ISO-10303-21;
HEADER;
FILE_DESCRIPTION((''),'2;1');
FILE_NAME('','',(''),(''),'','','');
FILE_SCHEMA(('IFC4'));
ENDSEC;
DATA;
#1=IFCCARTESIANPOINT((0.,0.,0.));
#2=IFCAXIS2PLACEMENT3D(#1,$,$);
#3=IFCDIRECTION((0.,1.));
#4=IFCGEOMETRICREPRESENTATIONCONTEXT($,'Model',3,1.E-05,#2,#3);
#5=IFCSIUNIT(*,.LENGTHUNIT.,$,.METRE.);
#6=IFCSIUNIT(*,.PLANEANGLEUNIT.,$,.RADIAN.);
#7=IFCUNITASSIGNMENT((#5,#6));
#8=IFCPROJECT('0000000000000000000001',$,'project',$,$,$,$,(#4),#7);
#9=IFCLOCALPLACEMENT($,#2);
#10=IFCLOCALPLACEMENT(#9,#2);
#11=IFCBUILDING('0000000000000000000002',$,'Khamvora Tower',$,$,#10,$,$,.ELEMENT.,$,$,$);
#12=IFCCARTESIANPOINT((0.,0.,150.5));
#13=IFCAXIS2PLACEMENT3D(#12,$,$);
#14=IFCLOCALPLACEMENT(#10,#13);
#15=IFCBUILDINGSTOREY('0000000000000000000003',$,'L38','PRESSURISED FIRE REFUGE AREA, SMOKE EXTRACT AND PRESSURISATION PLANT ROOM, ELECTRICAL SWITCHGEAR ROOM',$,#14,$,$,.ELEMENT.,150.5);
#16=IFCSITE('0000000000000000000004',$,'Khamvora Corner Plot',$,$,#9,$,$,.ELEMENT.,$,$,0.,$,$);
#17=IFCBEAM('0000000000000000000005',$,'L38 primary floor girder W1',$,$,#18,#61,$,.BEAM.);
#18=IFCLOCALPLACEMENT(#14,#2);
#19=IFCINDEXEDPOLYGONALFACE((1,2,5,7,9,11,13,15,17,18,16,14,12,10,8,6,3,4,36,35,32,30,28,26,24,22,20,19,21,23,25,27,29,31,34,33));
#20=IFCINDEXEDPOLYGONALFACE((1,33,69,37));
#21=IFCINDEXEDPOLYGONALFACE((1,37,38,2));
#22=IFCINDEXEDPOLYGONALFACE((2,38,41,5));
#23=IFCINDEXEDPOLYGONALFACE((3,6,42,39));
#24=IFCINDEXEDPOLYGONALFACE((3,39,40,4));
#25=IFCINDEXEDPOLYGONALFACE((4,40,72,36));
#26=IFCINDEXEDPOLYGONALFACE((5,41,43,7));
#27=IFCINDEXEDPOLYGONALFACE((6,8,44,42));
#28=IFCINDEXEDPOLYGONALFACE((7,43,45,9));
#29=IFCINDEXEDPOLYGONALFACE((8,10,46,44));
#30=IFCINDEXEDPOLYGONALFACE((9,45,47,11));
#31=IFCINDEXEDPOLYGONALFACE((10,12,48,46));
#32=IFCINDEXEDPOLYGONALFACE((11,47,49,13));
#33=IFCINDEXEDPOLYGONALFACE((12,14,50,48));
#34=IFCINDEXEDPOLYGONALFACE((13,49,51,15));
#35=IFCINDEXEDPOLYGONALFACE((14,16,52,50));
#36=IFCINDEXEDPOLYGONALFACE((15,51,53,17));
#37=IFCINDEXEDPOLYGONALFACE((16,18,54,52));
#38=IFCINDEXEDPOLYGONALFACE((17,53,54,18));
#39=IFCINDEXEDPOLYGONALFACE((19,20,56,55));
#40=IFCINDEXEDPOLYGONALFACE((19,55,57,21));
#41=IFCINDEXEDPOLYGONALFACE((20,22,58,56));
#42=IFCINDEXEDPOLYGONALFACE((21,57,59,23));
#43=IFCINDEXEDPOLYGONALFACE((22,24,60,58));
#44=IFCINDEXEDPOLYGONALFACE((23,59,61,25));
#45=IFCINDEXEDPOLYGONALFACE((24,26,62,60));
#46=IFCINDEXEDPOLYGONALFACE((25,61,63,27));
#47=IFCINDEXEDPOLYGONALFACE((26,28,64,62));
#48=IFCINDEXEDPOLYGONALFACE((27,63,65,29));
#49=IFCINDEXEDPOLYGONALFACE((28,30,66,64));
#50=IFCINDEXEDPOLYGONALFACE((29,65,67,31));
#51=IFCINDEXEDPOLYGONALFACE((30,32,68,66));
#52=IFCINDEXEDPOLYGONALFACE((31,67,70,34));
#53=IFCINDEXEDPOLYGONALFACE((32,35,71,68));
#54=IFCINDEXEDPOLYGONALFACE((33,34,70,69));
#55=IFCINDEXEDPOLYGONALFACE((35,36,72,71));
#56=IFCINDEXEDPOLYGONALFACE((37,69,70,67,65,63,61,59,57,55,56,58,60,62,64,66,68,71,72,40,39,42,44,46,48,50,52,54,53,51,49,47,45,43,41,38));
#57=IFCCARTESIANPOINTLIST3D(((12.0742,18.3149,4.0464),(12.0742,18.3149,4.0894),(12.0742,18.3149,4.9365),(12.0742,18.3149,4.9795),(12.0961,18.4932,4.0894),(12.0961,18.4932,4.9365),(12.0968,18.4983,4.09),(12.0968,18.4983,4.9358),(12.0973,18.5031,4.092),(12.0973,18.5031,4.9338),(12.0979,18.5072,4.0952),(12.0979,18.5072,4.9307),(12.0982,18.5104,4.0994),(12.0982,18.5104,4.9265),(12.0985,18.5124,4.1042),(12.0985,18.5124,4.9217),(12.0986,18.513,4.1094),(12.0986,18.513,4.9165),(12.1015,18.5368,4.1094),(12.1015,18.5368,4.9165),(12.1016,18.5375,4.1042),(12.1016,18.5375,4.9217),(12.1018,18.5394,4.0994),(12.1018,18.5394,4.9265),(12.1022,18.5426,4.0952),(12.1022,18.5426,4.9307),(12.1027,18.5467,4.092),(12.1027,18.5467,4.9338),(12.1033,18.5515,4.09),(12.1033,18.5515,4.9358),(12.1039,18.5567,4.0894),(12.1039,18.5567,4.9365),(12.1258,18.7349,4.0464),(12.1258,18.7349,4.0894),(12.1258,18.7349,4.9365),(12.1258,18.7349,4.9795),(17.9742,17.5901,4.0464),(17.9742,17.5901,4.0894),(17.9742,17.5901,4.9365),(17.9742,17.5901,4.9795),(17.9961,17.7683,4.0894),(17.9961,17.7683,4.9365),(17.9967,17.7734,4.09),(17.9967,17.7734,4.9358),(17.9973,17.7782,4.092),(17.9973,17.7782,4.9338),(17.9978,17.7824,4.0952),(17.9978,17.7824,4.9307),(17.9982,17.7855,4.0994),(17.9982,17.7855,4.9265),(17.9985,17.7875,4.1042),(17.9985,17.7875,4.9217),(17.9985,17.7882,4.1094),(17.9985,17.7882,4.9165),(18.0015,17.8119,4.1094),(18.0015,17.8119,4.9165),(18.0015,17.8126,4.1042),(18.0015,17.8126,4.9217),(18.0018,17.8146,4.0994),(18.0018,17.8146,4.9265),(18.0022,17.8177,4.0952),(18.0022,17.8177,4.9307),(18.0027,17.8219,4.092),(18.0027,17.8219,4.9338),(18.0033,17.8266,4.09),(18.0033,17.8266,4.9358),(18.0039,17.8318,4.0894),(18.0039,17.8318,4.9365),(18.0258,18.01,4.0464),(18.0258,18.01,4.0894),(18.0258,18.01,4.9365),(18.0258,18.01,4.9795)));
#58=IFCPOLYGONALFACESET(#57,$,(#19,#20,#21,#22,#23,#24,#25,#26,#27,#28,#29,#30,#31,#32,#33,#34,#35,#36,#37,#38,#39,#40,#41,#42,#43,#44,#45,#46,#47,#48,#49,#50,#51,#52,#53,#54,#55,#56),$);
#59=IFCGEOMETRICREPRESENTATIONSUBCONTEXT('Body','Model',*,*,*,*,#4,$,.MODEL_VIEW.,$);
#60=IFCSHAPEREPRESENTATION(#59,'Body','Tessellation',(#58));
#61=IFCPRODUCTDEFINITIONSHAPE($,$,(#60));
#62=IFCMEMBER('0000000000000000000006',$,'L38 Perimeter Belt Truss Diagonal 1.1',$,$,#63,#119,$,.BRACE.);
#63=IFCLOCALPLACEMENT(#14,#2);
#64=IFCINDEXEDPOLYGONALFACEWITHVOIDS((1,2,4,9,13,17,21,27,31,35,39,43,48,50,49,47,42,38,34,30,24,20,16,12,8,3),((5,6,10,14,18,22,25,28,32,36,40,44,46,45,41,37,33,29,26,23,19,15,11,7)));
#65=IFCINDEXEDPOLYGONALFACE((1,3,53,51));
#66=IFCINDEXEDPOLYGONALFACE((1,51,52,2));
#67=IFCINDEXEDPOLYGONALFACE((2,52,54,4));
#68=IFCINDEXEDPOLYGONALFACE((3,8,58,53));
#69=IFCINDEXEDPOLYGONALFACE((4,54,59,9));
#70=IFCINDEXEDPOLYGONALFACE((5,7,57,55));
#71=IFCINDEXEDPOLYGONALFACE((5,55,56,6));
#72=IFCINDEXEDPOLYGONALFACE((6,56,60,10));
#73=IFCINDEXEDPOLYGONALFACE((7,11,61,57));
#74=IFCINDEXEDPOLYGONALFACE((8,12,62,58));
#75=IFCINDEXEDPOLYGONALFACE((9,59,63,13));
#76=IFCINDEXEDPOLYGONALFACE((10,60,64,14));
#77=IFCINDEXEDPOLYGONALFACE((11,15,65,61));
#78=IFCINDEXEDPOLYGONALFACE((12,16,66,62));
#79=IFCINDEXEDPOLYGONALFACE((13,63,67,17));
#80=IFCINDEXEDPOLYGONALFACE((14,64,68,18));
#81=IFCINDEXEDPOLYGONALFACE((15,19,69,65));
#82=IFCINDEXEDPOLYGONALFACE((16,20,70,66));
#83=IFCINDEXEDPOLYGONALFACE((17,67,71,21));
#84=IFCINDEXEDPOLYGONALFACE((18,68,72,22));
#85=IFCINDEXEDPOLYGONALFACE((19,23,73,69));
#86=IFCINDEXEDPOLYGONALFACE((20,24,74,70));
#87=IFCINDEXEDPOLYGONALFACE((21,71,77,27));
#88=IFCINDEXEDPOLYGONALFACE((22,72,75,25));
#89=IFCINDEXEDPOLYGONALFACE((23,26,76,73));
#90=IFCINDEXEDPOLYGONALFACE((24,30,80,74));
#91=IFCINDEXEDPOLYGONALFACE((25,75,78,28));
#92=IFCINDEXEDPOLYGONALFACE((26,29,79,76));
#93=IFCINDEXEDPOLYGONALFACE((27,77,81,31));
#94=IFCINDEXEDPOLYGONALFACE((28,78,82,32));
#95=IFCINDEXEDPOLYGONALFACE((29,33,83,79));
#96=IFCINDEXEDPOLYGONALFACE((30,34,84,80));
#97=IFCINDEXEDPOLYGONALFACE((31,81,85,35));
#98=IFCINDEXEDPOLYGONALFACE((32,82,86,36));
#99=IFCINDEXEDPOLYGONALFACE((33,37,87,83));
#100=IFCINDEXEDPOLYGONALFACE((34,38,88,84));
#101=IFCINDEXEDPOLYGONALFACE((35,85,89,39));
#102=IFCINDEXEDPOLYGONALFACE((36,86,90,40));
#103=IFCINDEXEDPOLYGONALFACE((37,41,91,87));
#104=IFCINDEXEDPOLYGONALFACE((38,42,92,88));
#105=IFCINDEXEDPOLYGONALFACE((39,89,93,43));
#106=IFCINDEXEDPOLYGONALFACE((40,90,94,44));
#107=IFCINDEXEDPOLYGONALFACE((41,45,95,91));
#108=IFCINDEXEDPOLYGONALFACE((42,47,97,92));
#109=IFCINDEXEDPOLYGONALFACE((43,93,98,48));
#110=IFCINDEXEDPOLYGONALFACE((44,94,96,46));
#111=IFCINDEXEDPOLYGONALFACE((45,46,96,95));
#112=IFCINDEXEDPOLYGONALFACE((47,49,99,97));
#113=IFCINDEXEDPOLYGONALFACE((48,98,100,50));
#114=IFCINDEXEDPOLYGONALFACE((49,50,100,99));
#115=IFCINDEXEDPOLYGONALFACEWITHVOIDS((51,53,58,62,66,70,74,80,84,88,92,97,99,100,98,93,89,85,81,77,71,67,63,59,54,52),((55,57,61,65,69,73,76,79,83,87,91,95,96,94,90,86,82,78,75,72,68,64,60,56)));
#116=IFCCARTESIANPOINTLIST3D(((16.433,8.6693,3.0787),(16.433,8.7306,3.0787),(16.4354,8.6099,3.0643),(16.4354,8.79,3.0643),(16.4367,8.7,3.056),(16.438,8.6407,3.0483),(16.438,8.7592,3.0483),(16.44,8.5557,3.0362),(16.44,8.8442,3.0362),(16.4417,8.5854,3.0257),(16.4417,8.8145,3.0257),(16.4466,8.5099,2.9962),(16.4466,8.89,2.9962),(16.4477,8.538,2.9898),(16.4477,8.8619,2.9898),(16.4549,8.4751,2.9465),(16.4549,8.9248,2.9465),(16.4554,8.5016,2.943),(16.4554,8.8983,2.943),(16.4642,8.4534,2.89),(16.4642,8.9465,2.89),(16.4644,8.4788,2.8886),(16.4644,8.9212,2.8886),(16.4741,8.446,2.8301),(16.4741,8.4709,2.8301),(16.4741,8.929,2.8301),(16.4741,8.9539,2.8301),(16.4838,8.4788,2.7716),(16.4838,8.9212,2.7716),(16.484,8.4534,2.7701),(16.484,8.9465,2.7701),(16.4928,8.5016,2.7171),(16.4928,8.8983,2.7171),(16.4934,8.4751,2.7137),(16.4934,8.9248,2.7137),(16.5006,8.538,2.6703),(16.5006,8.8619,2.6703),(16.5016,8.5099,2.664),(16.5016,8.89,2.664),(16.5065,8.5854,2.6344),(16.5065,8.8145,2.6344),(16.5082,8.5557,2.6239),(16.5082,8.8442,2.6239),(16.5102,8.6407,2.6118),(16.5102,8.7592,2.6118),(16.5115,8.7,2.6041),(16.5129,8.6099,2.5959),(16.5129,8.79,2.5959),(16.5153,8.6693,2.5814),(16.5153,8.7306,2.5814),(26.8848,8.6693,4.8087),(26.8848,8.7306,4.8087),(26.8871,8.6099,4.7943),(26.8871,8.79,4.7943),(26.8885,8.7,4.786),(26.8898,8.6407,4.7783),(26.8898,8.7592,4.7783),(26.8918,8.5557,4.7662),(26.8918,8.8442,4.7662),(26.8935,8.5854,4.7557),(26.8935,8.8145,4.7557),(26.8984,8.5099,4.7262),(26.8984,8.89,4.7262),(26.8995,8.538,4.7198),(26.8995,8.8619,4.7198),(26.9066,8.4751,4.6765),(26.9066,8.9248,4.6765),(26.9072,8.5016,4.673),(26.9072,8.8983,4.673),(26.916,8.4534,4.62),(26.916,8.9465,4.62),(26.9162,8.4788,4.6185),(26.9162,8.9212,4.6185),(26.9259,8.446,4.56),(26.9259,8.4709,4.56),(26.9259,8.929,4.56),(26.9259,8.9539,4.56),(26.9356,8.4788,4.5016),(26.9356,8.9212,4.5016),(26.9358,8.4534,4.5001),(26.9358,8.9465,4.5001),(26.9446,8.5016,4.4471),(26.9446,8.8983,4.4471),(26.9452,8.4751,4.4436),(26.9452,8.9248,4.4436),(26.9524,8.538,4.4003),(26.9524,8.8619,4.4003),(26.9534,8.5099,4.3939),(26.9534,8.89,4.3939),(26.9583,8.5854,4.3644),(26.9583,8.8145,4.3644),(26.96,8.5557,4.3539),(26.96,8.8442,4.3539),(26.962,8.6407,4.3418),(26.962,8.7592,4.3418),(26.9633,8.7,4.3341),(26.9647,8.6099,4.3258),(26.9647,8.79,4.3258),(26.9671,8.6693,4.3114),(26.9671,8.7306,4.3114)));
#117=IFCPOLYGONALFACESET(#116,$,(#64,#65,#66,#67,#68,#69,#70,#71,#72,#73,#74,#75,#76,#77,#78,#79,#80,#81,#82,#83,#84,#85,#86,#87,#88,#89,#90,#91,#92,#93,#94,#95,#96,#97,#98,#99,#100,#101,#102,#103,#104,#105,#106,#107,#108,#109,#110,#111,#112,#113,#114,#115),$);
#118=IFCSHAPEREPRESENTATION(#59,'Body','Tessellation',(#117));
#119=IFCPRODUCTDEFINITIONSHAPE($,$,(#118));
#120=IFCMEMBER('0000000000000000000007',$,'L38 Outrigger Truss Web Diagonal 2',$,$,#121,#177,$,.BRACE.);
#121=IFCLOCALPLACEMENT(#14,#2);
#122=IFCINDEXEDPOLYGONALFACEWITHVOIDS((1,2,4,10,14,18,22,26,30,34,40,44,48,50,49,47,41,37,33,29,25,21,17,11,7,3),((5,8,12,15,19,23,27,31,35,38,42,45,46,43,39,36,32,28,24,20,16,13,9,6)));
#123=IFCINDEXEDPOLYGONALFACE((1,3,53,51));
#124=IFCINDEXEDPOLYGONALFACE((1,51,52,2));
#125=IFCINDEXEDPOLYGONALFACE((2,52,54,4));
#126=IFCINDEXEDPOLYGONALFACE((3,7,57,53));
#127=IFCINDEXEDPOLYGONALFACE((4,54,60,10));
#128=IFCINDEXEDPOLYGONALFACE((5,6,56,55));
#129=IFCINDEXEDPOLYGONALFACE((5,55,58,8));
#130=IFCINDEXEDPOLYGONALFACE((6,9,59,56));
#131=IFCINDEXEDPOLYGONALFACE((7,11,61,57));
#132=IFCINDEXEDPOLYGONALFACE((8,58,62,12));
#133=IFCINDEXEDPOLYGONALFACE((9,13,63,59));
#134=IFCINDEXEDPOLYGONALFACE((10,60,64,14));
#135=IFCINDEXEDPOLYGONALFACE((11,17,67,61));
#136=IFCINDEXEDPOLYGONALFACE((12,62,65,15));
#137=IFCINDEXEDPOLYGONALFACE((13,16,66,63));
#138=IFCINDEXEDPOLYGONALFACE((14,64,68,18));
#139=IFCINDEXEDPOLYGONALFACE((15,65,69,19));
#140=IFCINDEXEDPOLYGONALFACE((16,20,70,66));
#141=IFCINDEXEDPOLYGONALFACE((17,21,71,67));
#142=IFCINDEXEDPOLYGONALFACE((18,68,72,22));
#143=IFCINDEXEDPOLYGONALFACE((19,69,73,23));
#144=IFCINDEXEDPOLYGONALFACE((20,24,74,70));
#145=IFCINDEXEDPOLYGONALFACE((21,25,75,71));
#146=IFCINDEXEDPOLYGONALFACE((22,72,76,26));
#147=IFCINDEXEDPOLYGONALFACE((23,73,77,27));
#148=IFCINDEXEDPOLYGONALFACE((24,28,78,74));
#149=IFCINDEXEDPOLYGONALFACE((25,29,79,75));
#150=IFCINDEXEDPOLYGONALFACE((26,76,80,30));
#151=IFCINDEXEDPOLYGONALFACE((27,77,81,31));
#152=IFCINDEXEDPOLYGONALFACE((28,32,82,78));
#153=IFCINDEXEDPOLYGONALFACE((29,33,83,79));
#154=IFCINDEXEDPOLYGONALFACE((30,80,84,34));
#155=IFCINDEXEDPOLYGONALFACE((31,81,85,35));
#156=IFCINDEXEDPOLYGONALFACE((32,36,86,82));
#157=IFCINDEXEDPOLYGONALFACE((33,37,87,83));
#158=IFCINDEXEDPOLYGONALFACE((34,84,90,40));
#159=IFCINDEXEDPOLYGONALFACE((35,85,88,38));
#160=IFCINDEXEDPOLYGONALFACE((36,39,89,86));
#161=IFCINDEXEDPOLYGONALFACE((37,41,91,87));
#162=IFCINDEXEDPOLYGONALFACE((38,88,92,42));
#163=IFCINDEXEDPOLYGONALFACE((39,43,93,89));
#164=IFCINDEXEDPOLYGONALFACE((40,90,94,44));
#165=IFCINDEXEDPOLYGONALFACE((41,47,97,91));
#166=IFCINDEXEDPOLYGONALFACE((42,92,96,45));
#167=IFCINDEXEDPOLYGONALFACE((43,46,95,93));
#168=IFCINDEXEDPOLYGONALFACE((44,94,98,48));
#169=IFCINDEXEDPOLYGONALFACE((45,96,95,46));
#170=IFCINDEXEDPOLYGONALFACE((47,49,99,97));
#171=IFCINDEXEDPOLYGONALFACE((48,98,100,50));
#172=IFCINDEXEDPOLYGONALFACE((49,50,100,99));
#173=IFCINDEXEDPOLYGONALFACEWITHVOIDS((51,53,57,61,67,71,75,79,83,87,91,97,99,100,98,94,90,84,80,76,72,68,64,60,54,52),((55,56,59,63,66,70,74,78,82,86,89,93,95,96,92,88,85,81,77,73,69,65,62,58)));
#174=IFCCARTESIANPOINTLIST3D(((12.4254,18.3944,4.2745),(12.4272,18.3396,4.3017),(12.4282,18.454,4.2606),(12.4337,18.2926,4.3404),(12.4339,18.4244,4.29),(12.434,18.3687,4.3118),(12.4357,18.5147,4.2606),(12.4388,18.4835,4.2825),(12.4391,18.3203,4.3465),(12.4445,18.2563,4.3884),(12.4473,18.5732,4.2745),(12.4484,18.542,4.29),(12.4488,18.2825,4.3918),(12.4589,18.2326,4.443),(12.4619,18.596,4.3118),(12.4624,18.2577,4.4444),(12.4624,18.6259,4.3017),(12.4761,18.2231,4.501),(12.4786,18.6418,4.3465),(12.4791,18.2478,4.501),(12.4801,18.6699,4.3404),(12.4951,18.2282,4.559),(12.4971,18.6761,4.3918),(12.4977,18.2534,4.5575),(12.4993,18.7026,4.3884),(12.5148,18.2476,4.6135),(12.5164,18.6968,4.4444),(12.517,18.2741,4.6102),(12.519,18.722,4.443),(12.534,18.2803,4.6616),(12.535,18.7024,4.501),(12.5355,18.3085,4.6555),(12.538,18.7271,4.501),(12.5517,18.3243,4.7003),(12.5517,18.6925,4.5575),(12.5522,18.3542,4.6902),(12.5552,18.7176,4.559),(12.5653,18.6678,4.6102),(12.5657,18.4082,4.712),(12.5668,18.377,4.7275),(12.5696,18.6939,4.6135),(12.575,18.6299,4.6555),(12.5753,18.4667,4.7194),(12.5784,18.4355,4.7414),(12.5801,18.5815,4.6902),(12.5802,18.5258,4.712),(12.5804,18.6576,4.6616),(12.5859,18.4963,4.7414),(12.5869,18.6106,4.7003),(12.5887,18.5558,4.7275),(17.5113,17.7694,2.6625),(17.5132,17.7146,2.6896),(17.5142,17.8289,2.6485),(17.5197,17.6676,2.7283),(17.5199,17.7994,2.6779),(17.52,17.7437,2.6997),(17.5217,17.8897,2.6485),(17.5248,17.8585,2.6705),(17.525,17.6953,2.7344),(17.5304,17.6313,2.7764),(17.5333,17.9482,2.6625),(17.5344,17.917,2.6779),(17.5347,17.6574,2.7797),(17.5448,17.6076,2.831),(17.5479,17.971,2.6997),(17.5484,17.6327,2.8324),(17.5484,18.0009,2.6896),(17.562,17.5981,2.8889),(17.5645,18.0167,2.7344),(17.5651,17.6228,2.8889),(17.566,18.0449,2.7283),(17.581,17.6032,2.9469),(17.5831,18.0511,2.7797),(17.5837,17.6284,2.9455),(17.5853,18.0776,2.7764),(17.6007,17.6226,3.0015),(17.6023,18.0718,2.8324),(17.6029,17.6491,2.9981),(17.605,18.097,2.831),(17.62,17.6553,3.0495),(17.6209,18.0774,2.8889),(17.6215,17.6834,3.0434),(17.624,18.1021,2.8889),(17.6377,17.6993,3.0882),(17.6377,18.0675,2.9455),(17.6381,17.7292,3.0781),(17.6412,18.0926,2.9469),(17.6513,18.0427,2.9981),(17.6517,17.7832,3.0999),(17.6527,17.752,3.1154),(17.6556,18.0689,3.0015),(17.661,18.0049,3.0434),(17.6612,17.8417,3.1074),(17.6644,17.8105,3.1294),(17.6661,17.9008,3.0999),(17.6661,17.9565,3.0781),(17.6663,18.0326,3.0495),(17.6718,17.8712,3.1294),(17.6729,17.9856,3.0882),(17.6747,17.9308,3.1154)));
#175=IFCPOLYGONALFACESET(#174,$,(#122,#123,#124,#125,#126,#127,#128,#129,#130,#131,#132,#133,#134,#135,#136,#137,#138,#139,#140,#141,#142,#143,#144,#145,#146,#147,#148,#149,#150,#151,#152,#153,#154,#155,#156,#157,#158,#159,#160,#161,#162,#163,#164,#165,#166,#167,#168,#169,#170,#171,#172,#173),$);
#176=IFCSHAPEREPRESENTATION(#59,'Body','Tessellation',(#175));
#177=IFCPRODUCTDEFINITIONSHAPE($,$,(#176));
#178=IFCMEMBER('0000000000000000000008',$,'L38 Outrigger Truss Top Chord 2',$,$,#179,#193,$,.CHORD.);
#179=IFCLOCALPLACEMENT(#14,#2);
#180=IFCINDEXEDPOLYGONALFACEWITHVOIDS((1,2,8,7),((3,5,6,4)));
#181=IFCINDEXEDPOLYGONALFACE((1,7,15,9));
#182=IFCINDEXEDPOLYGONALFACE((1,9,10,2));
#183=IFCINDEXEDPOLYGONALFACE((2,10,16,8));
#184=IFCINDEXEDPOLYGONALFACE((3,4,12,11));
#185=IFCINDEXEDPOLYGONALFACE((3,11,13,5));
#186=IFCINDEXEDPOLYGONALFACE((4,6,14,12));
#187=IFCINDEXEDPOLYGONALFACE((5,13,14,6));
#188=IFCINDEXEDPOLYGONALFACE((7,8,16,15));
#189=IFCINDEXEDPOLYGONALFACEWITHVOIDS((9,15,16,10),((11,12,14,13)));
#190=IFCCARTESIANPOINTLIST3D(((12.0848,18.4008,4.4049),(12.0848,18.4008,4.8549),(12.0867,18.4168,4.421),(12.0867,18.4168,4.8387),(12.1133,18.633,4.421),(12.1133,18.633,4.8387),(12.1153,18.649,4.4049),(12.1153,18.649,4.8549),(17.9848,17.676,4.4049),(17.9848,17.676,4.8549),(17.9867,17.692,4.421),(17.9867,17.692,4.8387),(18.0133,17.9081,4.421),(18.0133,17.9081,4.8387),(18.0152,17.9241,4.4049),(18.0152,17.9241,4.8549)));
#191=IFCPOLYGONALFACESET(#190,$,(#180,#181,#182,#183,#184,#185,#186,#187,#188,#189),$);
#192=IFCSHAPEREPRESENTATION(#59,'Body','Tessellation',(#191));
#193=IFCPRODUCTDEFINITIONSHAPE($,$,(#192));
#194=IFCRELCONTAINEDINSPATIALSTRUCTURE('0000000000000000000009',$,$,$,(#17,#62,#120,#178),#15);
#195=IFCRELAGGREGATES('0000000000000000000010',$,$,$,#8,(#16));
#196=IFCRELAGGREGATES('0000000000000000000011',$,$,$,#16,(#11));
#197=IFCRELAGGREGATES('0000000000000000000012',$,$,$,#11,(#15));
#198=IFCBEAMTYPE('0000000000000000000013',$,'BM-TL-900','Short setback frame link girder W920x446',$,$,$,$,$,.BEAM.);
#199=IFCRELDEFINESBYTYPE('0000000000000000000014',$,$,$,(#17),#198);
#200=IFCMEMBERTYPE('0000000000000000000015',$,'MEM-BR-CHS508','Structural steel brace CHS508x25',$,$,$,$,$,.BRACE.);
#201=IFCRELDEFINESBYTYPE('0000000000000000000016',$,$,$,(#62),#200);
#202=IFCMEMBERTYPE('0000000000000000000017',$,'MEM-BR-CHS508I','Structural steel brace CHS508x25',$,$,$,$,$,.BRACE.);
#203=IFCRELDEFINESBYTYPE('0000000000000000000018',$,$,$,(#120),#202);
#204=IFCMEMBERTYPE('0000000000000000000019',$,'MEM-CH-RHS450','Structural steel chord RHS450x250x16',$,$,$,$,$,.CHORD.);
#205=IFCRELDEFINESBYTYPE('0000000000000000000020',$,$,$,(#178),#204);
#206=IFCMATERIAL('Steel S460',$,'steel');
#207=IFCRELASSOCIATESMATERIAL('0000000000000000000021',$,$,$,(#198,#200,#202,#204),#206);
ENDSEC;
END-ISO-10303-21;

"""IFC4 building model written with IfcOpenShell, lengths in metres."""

from ifc_helpers import new_model, si_unit, direction, frame, origin, origin_2d, place, context, subcontext, project, spatial, hollow_rectangle, hollow_circle, i_section, extrude, material, material_profile, profile_set, type_object, element, save


model = new_model("IFC4")

# Units and contexts
model_context = context("Model", 3, precision=1e-05, world=origin(), true_north=direction((0.0, 1.0)))
body_context = subcontext(model_context, "Body", "Model", "MODEL_VIEW")
ifc_project = project(units=[si_unit("LENGTHUNIT", "METRE"), si_unit("PLANEANGLEUNIT", "RADIAN")], contexts=[model_context])

# Site, building, storey
site_placement = place(None, origin())
site = spatial("IfcSite", under=ifc_project, at=site_placement, Name="Khamvora Corner Plot", CompositionType="ELEMENT", RefElevation=0.0)
building_placement = place(site_placement, origin())
building = spatial("IfcBuilding", under=site, at=building_placement, Name="Khamvora Tower", CompositionType="ELEMENT")
storey_placement = place(building_placement, frame((0.0, 0.0, 150.5)))
storey = spatial("IfcBuildingStorey", under=building, at=storey_placement, Name="L38", Description="PRESSURISED FIRE REFUGE AREA, SMOKE EXTRACT AND PRESSURISATION PLANT ROOM, ELECTRICAL SWITCHGEAR ROOM", CompositionType="ELEMENT", Elevation=150.5)

# Beam
ifc_material_1 = material(Name="Steel S460", Category="steel")
ifc_material_profile_1 = material_profile(ifc_material_1, i_section(OverallWidth=0.4231, OverallDepth=0.9331, WebThickness=0.0239, FlangeThickness=0.043, FilletRadius=0.02, at=origin_2d()), Name="W920x446")
ifc_profile_set_1 = profile_set([ifc_material_profile_1], Name="Steel S460")
beam_type_1 = type_object("IfcBeamType", Name="BM-TL-900", Description="Short setback frame link girder W920x446", PredefinedType="BEAM", material=ifc_profile_set_1)
beam_1_placement = place(storey_placement, frame((18.0, 17.8, 4.5129), z_axis=(-0.992537, 0.121942, 0.0), x_axis=(-0.121942, -0.992537, 0.0)))
element("IfcBeam", 1, at=beam_1_placement, inside=storey, type_object=beam_type_1, Name="L38 primary floor girder W1", PredefinedType="BEAM", context=body_context, shape_type="SweptSolid", body=[
    extrude(i_section(OverallWidth=0.4231, OverallDepth=0.9331, WebThickness=0.0239, FlangeThickness=0.043, FilletRadius=0.02, at=origin_2d()), origin(), (0.0, 0.0, 1.0), 5.9443),
])

# Members
ifc_material_profile_2 = material_profile(ifc_material_1, hollow_circle(Radius=0.2539, WallThickness=0.0249, at=origin_2d()), Name="CHS508x25")
ifc_profile_set_2 = profile_set([ifc_material_profile_2], Name="Steel S460")
member_type_1 = type_object("IfcMemberType", Name="MEM-BR-CHS508", Description="Structural steel brace CHS508x25", PredefinedType="BRACE", material=ifc_profile_set_2)
member_1_placement = place(storey_placement, frame((16.4741, 8.7, 2.8301), z_axis=(0.986577, 0.0, 0.163296), x_axis=(0.0, 1.0, 0.0)))
element("IfcMember", 2, at=member_1_placement, inside=storey, type_object=member_type_1, Name="L38 Perimeter Belt Truss Diagonal 1.1", PredefinedType="BRACE", context=body_context, shape_type="SweptSolid", body=[
    extrude(hollow_circle(Radius=0.2539, WallThickness=0.0249, at=origin_2d()), origin(), (0.0, 0.0, 1.0), 10.594),
])
ifc_material_profile_3 = material_profile(ifc_material_1, hollow_circle(Radius=0.2539, WallThickness=0.0249, at=origin_2d()), Name="CHS508x25")
ifc_profile_set_3 = profile_set([ifc_material_profile_3], Name="Steel S460")
member_type_2 = type_object("IfcMemberType", Name="MEM-BR-CHS508I", Description="Structural steel brace CHS508x25", PredefinedType="BRACE", material=ifc_profile_set_3)
member_2_placement = place(storey_placement, frame((17.593, 17.8501, 2.8889), z_axis=(-0.946786, 0.116349, 0.300097), x_axis=(-0.12197, -0.992534, 0.0)))
element("IfcMember", 3, at=member_2_placement, inside=storey, type_object=member_type_2, Name="L38 Outrigger Truss Web Diagonal 2", PredefinedType="BRACE", context=body_context, shape_type="SweptSolid", body=[
    extrude(hollow_circle(Radius=0.2539, WallThickness=0.0249, at=origin_2d()), origin(), (0.0, 0.0, 1.0), 5.3718),
])
ifc_material_profile_4 = material_profile(ifc_material_1, hollow_rectangle(XDim=0.25, YDim=0.45, WallThickness=0.0161, at=origin_2d()), Name="RHS450x250x16")
ifc_profile_set_4 = profile_set([ifc_material_profile_4], Name="Steel S460")
member_type_3 = type_object("IfcMemberType", Name="MEM-CH-RHS450", Description="Structural steel chord RHS450x250x16", PredefinedType="CHORD", material=ifc_profile_set_4)
for number, where, z_axis, x_axis, name in (
    (4, (18.0, 17.8, 4.6299), (-0.992537, 0.121942, 0.0), (-0.121942, -0.992537, 0.0), "L38 Outrigger Truss Top Chord 2"),
):
    element("IfcMember", number, at=place(storey_placement, frame(where, z_axis=z_axis, x_axis=x_axis)), inside=storey, type_object=member_type_3, Name=name, PredefinedType="CHORD", context=body_context, shape_type="SweptSolid", body=[
        extrude(hollow_rectangle(XDim=0.25, YDim=0.45, WallThickness=0.0161, at=origin_2d()), origin(), (0.0, 0.0, 1.0), 5.9443),
    ])

save(model, "model.ifc")
